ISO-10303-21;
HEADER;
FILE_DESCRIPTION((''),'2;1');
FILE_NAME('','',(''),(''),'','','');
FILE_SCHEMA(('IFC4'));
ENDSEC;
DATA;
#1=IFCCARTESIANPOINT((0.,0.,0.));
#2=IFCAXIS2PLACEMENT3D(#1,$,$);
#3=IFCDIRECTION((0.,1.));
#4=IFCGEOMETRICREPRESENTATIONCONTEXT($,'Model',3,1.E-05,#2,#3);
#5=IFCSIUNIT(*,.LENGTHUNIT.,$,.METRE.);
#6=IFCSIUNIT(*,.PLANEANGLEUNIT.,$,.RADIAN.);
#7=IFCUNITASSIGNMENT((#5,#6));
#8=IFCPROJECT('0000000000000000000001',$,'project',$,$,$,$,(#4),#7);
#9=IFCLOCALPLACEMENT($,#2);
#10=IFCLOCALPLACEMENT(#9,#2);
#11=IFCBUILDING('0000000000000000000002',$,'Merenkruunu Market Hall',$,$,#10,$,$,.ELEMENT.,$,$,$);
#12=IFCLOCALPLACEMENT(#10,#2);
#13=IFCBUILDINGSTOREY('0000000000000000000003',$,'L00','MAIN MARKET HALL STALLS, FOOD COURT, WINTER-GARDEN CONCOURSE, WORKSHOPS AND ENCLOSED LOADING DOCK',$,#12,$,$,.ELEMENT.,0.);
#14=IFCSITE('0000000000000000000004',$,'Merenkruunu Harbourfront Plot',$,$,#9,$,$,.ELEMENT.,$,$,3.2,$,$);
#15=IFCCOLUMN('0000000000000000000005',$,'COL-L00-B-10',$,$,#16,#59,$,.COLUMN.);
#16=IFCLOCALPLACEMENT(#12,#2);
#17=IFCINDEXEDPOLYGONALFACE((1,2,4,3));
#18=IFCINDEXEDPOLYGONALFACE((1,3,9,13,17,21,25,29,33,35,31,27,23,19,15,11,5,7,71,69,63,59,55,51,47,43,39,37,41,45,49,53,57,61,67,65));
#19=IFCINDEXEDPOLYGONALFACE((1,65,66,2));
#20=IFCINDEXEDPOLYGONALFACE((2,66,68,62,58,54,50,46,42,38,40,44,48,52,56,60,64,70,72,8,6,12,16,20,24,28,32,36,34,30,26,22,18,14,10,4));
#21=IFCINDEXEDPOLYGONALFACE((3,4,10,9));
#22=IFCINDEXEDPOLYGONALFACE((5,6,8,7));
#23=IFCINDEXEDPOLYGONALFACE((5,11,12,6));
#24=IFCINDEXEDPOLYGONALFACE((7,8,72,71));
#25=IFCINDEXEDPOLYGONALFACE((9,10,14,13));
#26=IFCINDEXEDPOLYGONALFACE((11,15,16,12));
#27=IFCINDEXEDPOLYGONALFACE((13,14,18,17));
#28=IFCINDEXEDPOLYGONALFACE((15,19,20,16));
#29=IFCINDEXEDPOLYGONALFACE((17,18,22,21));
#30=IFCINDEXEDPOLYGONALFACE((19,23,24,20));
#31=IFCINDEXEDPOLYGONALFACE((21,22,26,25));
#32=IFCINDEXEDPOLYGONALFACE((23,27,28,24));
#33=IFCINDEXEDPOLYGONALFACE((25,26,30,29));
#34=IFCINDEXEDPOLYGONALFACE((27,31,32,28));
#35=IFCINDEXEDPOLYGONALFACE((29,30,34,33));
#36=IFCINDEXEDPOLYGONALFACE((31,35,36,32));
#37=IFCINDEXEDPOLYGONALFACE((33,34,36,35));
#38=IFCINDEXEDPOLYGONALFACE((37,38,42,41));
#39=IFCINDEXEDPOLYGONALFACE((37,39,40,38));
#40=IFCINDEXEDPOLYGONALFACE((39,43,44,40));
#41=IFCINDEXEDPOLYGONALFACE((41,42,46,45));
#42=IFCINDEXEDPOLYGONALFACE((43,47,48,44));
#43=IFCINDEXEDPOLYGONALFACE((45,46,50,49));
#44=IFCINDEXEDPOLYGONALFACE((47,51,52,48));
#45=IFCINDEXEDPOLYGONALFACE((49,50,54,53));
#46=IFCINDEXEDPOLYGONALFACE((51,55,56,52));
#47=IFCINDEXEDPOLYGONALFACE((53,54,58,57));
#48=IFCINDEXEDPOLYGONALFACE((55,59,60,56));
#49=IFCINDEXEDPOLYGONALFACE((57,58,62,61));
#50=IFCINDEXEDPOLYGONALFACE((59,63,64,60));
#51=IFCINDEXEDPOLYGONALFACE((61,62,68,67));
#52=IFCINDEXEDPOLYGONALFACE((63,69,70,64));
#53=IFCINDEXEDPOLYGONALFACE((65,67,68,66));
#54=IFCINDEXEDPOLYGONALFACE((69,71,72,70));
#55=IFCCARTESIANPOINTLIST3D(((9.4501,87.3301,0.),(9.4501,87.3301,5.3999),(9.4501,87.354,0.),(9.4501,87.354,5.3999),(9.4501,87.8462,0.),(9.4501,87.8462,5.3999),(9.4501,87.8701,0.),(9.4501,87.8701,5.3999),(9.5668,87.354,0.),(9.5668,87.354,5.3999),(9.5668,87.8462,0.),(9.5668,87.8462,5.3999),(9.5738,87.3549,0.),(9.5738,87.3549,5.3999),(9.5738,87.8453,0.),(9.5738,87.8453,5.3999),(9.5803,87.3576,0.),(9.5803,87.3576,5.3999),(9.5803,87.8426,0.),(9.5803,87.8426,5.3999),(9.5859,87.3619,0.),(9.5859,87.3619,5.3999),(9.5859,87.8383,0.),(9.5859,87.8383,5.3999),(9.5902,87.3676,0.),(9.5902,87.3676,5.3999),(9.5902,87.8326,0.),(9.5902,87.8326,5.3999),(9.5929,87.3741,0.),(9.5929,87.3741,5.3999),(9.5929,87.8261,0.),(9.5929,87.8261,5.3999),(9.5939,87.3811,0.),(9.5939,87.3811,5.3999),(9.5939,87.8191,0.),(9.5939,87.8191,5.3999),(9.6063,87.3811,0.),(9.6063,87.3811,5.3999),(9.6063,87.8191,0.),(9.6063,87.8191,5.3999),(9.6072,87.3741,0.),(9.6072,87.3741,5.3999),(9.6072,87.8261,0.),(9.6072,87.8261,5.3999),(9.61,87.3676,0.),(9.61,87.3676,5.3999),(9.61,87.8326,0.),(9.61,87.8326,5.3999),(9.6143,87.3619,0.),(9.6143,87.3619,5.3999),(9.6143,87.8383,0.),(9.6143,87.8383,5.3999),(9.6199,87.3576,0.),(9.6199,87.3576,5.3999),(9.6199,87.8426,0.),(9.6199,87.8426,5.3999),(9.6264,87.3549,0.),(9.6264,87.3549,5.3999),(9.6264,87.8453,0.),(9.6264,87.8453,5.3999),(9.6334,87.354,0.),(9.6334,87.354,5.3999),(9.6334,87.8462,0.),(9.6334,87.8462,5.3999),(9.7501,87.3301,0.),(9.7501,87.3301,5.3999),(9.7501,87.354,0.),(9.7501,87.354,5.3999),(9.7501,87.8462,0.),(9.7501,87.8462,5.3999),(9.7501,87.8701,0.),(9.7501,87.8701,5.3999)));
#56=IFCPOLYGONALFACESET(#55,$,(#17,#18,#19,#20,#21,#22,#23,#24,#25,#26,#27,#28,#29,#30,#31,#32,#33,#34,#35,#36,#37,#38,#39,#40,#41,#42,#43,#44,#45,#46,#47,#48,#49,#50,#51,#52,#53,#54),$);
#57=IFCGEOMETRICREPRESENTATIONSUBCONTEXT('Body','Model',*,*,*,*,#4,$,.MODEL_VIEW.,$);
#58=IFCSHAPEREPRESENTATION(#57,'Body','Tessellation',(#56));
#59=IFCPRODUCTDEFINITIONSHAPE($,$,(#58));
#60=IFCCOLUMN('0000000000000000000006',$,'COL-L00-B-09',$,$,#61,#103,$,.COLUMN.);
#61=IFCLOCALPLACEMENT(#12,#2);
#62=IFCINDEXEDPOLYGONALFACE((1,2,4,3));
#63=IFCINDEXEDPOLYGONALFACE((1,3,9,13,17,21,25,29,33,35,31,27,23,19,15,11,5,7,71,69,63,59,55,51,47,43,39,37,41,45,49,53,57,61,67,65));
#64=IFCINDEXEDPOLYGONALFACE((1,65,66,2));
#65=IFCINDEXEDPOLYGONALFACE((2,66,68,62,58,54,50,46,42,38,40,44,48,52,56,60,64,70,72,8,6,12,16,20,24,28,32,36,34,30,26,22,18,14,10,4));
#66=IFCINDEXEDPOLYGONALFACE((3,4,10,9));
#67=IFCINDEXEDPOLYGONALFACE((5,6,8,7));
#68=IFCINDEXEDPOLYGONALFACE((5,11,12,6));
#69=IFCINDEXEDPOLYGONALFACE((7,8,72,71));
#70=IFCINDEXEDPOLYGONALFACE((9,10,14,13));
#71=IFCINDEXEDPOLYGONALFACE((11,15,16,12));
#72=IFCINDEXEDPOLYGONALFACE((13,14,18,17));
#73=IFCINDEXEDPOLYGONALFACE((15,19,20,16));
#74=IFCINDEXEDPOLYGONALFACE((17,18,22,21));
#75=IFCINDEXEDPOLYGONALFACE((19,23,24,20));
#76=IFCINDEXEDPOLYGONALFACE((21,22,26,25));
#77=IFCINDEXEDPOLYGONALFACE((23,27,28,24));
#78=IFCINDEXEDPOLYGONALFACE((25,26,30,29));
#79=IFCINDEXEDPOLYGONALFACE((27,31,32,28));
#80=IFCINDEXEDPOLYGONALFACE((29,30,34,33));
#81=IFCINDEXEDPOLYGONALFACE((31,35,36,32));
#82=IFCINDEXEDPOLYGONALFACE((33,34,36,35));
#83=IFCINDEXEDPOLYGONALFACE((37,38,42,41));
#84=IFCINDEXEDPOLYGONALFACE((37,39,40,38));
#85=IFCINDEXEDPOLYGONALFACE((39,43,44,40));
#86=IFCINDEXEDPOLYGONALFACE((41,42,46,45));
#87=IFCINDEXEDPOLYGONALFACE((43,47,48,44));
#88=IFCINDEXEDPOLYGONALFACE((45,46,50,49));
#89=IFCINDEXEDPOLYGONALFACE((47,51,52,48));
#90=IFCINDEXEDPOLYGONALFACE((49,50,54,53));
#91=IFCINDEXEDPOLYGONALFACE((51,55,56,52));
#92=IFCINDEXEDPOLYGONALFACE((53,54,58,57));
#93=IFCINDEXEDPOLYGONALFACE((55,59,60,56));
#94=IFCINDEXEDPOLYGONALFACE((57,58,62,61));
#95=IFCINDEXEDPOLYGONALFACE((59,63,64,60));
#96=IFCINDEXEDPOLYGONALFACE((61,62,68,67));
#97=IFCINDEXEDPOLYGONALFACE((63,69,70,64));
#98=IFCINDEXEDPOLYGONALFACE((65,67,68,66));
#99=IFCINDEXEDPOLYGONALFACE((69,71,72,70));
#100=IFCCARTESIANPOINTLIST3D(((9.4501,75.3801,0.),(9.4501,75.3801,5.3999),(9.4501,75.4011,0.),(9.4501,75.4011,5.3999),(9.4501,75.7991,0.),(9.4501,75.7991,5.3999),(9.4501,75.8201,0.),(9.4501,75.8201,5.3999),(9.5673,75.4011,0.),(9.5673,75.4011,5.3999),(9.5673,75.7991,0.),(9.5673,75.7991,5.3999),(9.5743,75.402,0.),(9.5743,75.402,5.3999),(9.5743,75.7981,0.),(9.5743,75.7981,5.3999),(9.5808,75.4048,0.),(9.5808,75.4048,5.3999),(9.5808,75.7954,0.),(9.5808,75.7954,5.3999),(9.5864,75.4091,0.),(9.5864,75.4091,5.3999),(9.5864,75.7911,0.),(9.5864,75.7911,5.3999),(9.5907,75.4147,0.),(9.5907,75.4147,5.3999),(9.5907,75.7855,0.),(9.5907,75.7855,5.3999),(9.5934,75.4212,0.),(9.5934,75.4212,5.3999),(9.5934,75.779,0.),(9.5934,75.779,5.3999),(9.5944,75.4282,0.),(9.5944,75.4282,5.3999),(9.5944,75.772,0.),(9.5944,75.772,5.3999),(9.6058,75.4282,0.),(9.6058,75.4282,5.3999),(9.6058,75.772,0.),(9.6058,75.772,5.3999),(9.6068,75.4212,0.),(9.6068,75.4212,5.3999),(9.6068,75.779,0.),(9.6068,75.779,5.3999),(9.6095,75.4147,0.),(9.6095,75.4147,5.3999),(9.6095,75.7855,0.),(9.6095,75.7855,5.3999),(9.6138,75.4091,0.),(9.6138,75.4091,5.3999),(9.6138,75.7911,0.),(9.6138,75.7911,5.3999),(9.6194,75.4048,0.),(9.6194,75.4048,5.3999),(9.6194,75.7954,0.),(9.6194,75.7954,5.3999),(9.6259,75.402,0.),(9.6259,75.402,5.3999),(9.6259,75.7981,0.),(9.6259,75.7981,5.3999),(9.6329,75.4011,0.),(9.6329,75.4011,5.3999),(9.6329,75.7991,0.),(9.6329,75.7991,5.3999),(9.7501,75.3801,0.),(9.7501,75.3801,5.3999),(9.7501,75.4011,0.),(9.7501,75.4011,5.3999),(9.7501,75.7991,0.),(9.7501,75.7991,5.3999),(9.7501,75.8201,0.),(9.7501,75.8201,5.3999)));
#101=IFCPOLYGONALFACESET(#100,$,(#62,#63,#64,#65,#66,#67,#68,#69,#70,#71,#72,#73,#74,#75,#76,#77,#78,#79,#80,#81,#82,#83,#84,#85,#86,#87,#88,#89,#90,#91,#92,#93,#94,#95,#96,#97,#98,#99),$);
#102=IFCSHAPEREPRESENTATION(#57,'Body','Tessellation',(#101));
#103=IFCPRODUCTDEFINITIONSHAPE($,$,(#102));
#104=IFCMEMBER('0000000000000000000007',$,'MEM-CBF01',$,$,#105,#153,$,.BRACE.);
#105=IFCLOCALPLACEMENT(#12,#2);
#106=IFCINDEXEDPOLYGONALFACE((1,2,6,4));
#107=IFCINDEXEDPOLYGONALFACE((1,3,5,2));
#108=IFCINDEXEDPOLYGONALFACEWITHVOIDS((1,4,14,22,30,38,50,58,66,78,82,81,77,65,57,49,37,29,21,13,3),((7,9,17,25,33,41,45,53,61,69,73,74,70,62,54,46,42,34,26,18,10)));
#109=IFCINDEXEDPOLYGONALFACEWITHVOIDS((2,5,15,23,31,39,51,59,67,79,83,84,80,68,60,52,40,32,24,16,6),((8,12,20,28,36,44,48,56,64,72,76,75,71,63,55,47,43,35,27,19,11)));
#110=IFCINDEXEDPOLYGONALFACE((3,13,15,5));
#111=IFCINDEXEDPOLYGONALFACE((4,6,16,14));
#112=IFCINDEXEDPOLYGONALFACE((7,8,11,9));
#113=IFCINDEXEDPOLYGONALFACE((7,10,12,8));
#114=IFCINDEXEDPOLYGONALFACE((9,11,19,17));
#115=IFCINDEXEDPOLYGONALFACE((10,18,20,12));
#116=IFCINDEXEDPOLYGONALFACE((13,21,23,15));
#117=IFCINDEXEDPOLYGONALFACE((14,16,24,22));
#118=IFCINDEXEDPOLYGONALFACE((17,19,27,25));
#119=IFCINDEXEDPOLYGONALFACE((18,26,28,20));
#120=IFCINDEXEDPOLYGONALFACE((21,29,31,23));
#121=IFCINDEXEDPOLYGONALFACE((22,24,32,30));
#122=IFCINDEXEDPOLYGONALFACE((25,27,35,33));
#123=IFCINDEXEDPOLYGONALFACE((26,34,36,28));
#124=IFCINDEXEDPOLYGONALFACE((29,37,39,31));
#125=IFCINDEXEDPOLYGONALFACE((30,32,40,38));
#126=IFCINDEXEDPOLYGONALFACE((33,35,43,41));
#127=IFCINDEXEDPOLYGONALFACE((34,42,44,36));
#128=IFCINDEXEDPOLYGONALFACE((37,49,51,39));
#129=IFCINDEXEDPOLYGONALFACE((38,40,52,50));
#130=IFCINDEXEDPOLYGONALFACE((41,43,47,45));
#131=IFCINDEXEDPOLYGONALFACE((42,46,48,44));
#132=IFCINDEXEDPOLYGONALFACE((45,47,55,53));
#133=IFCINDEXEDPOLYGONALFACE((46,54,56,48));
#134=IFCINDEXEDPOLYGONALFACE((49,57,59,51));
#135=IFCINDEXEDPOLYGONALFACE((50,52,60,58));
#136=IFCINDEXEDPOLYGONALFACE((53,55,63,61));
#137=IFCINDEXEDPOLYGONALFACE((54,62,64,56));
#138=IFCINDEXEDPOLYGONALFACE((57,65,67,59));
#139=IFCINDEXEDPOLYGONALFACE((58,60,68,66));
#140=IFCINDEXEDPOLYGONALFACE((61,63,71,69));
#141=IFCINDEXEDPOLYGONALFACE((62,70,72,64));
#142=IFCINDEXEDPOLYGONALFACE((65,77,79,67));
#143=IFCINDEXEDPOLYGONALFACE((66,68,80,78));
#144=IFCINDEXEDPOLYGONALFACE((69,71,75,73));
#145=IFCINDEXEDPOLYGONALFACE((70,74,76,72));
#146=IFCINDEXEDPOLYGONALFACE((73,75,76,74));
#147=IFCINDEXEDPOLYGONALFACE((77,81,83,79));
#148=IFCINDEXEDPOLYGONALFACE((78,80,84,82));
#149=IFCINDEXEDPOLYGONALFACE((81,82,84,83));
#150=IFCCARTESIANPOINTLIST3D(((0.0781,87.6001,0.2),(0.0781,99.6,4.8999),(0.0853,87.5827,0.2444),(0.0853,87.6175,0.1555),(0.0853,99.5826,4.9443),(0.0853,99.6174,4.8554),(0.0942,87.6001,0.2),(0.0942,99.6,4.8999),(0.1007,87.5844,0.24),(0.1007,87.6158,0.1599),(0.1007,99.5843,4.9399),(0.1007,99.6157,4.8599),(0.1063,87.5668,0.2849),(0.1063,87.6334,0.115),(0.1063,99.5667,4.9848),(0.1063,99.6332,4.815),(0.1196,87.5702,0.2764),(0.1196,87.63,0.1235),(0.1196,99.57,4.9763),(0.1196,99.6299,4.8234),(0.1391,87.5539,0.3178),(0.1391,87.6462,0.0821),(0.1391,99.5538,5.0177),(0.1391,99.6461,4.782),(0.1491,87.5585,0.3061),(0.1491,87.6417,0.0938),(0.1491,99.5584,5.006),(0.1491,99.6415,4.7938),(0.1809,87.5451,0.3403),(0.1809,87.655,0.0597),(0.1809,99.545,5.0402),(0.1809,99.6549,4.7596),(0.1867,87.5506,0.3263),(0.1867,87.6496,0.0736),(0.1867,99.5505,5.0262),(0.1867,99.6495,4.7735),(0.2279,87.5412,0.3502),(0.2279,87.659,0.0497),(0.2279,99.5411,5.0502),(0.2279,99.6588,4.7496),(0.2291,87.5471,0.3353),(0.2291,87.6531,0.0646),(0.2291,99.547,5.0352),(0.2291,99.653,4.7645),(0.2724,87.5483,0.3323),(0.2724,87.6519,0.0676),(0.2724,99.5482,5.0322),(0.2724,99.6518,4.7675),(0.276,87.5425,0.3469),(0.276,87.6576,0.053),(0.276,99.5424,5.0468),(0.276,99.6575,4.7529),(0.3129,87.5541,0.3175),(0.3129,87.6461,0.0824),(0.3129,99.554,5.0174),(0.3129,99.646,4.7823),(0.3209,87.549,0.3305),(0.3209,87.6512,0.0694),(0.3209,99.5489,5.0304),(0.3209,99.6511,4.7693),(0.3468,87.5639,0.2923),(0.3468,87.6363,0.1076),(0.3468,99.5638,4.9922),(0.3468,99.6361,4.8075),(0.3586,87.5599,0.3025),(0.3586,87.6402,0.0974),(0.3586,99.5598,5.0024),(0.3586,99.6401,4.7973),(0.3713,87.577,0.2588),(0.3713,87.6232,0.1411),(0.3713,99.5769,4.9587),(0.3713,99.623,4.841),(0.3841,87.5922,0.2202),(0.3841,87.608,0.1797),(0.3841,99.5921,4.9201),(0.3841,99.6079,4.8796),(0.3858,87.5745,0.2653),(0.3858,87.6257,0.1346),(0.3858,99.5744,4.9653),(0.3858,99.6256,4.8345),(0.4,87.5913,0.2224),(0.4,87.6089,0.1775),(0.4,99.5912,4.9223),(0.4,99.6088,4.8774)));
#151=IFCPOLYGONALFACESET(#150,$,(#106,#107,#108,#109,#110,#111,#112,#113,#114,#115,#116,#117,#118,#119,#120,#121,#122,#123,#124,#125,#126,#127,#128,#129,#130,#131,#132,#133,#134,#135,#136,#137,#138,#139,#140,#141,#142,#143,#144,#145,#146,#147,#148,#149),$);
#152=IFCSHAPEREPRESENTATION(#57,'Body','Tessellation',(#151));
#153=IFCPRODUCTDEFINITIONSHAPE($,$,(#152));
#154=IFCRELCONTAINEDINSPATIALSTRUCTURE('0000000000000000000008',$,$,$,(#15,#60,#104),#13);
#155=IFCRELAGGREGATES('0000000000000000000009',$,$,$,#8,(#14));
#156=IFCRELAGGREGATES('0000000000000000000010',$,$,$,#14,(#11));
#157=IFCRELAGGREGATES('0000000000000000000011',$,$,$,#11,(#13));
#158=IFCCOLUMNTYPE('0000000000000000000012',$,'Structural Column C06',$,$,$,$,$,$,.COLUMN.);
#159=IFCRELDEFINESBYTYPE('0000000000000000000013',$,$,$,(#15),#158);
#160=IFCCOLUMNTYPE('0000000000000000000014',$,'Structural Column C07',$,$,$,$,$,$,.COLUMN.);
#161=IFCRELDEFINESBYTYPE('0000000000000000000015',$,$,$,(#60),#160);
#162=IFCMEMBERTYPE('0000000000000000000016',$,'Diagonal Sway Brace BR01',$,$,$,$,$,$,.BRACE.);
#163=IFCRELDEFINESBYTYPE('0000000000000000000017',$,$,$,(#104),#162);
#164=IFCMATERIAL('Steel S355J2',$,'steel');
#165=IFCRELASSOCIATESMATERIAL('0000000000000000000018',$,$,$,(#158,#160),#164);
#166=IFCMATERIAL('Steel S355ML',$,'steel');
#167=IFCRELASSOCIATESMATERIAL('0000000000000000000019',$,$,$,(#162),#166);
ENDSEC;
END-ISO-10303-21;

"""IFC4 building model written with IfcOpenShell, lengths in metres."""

from ifc_helpers import new_model, si_unit, direction, frame, origin, origin_2d, place, context, subcontext, project, spatial, hollow_circle, i_section, extrude, material, material_profile, profile_set, type_object, element, save


model = new_model("IFC4")

# Units and contexts
model_context = context("Model", 3, precision=1e-05, world=origin(), true_north=direction((0.0, 1.0)))
body_context = subcontext(model_context, "Body", "Model", "MODEL_VIEW")
ifc_project = project(units=[si_unit("LENGTHUNIT", "METRE"), si_unit("PLANEANGLEUNIT", "RADIAN")], contexts=[model_context])

# Site, building, storey
site_placement = place(None, origin())
site = spatial("IfcSite", under=ifc_project, at=site_placement, Name="Merenkruunu Harbourfront Plot", CompositionType="ELEMENT", RefElevation=3.2)
building_placement = place(site_placement, origin())
building = spatial("IfcBuilding", under=site, at=building_placement, Name="Merenkruunu Market Hall", CompositionType="ELEMENT")
storey_placement = place(building_placement, origin())
storey = spatial("IfcBuildingStorey", under=building, at=storey_placement, Name="L00", Description="MAIN MARKET HALL STALLS, FOOD COURT, WINTER-GARDEN CONCOURSE, WORKSHOPS AND ENCLOSED LOADING DOCK", CompositionType="ELEMENT", Elevation=0.0)

# Columns
ifc_material_1 = material(Name="Steel S355J2", Category="steel")
ifc_material_profile_1 = material_profile(ifc_material_1, i_section(OverallWidth=0.3, OverallDepth=0.54, WebThickness=0.0125, FlangeThickness=0.0239, FilletRadius=0.0271, at=origin_2d()), Name="HEA 550")
ifc_profile_set_1 = profile_set([ifc_material_profile_1], Name="Steel S355J2")
column_type_1 = type_object("IfcColumnType", Name="Structural Column C06", PredefinedType="COLUMN", material=ifc_profile_set_1)
column_1_placement = place(storey_placement, frame((9.6001, 87.6001, 0.0), z_axis=(0.0, 0.0, 1.0), x_axis=(1.0, 0.0, 0.0)))
element("IfcColumn", 1, at=column_1_placement, inside=storey, type_object=column_type_1, Name="COL-L00-B-10", PredefinedType="COLUMN", context=body_context, shape_type="SweptSolid", body=[
    extrude(i_section(OverallWidth=0.3, OverallDepth=0.54, WebThickness=0.0125, FlangeThickness=0.0239, FilletRadius=0.0271, at=origin_2d()), origin(), (0.0, 0.0, 1.0), 5.3999),
])
ifc_material_profile_2 = material_profile(ifc_material_1, i_section(OverallWidth=0.3, OverallDepth=0.4399, WebThickness=0.0115, FlangeThickness=0.021, FilletRadius=0.0271, at=origin_2d()), Name="HEA 450")
ifc_profile_set_2 = profile_set([ifc_material_profile_2], Name="Steel S355J2")
column_type_2 = type_object("IfcColumnType", Name="Structural Column C07", PredefinedType="COLUMN", material=ifc_profile_set_2)
column_2_placement = place(storey_placement, frame((9.6001, 75.6001, 0.0), z_axis=(0.0, 0.0, 1.0), x_axis=(1.0, 0.0, 0.0)))
element("IfcColumn", 2, at=column_2_placement, inside=storey, type_object=column_type_2, Name="COL-L00-B-09", PredefinedType="COLUMN", context=body_context, shape_type="SweptSolid", body=[
    extrude(i_section(OverallWidth=0.3, OverallDepth=0.4399, WebThickness=0.0115, FlangeThickness=0.021, FilletRadius=0.0271, at=origin_2d()), origin(), (0.0, 0.0, 1.0), 5.3999),
])

# Member
ifc_material_2 = material(Name="Steel S355ML", Category="steel")
ifc_material_profile_3 = material_profile(ifc_material_2, hollow_circle(Radius=0.1619, WallThickness=0.0161, at=origin_2d()), Name="CHS 323.9x16")
ifc_profile_set_3 = profile_set([ifc_material_profile_3], Name="Steel S355ML")
member_type = type_object("IfcMemberType", Name="Diagonal Sway Brace BR01", PredefinedType="BRACE", material=ifc_profile_set_3)
for number, where, z_axis, x_axis, name in (
    (3, (0.24, 87.6001, 0.2), (0.0, 0.93113, 0.364689), (-1.0, 0.0, 0.0), "MEM-CBF01"),
):
    element("IfcMember", number, at=place(storey_placement, frame(where, z_axis=z_axis, x_axis=x_axis)), inside=storey, type_object=member_type, Name=name, PredefinedType="BRACE", context=body_context, shape_type="SweptSolid", body=[
        extrude(hollow_circle(Radius=0.1619, WallThickness=0.0161, at=origin_2d()), origin(), (0.0, 0.0, 1.0), 12.8875),
    ])

save(model, "model.ifc")
